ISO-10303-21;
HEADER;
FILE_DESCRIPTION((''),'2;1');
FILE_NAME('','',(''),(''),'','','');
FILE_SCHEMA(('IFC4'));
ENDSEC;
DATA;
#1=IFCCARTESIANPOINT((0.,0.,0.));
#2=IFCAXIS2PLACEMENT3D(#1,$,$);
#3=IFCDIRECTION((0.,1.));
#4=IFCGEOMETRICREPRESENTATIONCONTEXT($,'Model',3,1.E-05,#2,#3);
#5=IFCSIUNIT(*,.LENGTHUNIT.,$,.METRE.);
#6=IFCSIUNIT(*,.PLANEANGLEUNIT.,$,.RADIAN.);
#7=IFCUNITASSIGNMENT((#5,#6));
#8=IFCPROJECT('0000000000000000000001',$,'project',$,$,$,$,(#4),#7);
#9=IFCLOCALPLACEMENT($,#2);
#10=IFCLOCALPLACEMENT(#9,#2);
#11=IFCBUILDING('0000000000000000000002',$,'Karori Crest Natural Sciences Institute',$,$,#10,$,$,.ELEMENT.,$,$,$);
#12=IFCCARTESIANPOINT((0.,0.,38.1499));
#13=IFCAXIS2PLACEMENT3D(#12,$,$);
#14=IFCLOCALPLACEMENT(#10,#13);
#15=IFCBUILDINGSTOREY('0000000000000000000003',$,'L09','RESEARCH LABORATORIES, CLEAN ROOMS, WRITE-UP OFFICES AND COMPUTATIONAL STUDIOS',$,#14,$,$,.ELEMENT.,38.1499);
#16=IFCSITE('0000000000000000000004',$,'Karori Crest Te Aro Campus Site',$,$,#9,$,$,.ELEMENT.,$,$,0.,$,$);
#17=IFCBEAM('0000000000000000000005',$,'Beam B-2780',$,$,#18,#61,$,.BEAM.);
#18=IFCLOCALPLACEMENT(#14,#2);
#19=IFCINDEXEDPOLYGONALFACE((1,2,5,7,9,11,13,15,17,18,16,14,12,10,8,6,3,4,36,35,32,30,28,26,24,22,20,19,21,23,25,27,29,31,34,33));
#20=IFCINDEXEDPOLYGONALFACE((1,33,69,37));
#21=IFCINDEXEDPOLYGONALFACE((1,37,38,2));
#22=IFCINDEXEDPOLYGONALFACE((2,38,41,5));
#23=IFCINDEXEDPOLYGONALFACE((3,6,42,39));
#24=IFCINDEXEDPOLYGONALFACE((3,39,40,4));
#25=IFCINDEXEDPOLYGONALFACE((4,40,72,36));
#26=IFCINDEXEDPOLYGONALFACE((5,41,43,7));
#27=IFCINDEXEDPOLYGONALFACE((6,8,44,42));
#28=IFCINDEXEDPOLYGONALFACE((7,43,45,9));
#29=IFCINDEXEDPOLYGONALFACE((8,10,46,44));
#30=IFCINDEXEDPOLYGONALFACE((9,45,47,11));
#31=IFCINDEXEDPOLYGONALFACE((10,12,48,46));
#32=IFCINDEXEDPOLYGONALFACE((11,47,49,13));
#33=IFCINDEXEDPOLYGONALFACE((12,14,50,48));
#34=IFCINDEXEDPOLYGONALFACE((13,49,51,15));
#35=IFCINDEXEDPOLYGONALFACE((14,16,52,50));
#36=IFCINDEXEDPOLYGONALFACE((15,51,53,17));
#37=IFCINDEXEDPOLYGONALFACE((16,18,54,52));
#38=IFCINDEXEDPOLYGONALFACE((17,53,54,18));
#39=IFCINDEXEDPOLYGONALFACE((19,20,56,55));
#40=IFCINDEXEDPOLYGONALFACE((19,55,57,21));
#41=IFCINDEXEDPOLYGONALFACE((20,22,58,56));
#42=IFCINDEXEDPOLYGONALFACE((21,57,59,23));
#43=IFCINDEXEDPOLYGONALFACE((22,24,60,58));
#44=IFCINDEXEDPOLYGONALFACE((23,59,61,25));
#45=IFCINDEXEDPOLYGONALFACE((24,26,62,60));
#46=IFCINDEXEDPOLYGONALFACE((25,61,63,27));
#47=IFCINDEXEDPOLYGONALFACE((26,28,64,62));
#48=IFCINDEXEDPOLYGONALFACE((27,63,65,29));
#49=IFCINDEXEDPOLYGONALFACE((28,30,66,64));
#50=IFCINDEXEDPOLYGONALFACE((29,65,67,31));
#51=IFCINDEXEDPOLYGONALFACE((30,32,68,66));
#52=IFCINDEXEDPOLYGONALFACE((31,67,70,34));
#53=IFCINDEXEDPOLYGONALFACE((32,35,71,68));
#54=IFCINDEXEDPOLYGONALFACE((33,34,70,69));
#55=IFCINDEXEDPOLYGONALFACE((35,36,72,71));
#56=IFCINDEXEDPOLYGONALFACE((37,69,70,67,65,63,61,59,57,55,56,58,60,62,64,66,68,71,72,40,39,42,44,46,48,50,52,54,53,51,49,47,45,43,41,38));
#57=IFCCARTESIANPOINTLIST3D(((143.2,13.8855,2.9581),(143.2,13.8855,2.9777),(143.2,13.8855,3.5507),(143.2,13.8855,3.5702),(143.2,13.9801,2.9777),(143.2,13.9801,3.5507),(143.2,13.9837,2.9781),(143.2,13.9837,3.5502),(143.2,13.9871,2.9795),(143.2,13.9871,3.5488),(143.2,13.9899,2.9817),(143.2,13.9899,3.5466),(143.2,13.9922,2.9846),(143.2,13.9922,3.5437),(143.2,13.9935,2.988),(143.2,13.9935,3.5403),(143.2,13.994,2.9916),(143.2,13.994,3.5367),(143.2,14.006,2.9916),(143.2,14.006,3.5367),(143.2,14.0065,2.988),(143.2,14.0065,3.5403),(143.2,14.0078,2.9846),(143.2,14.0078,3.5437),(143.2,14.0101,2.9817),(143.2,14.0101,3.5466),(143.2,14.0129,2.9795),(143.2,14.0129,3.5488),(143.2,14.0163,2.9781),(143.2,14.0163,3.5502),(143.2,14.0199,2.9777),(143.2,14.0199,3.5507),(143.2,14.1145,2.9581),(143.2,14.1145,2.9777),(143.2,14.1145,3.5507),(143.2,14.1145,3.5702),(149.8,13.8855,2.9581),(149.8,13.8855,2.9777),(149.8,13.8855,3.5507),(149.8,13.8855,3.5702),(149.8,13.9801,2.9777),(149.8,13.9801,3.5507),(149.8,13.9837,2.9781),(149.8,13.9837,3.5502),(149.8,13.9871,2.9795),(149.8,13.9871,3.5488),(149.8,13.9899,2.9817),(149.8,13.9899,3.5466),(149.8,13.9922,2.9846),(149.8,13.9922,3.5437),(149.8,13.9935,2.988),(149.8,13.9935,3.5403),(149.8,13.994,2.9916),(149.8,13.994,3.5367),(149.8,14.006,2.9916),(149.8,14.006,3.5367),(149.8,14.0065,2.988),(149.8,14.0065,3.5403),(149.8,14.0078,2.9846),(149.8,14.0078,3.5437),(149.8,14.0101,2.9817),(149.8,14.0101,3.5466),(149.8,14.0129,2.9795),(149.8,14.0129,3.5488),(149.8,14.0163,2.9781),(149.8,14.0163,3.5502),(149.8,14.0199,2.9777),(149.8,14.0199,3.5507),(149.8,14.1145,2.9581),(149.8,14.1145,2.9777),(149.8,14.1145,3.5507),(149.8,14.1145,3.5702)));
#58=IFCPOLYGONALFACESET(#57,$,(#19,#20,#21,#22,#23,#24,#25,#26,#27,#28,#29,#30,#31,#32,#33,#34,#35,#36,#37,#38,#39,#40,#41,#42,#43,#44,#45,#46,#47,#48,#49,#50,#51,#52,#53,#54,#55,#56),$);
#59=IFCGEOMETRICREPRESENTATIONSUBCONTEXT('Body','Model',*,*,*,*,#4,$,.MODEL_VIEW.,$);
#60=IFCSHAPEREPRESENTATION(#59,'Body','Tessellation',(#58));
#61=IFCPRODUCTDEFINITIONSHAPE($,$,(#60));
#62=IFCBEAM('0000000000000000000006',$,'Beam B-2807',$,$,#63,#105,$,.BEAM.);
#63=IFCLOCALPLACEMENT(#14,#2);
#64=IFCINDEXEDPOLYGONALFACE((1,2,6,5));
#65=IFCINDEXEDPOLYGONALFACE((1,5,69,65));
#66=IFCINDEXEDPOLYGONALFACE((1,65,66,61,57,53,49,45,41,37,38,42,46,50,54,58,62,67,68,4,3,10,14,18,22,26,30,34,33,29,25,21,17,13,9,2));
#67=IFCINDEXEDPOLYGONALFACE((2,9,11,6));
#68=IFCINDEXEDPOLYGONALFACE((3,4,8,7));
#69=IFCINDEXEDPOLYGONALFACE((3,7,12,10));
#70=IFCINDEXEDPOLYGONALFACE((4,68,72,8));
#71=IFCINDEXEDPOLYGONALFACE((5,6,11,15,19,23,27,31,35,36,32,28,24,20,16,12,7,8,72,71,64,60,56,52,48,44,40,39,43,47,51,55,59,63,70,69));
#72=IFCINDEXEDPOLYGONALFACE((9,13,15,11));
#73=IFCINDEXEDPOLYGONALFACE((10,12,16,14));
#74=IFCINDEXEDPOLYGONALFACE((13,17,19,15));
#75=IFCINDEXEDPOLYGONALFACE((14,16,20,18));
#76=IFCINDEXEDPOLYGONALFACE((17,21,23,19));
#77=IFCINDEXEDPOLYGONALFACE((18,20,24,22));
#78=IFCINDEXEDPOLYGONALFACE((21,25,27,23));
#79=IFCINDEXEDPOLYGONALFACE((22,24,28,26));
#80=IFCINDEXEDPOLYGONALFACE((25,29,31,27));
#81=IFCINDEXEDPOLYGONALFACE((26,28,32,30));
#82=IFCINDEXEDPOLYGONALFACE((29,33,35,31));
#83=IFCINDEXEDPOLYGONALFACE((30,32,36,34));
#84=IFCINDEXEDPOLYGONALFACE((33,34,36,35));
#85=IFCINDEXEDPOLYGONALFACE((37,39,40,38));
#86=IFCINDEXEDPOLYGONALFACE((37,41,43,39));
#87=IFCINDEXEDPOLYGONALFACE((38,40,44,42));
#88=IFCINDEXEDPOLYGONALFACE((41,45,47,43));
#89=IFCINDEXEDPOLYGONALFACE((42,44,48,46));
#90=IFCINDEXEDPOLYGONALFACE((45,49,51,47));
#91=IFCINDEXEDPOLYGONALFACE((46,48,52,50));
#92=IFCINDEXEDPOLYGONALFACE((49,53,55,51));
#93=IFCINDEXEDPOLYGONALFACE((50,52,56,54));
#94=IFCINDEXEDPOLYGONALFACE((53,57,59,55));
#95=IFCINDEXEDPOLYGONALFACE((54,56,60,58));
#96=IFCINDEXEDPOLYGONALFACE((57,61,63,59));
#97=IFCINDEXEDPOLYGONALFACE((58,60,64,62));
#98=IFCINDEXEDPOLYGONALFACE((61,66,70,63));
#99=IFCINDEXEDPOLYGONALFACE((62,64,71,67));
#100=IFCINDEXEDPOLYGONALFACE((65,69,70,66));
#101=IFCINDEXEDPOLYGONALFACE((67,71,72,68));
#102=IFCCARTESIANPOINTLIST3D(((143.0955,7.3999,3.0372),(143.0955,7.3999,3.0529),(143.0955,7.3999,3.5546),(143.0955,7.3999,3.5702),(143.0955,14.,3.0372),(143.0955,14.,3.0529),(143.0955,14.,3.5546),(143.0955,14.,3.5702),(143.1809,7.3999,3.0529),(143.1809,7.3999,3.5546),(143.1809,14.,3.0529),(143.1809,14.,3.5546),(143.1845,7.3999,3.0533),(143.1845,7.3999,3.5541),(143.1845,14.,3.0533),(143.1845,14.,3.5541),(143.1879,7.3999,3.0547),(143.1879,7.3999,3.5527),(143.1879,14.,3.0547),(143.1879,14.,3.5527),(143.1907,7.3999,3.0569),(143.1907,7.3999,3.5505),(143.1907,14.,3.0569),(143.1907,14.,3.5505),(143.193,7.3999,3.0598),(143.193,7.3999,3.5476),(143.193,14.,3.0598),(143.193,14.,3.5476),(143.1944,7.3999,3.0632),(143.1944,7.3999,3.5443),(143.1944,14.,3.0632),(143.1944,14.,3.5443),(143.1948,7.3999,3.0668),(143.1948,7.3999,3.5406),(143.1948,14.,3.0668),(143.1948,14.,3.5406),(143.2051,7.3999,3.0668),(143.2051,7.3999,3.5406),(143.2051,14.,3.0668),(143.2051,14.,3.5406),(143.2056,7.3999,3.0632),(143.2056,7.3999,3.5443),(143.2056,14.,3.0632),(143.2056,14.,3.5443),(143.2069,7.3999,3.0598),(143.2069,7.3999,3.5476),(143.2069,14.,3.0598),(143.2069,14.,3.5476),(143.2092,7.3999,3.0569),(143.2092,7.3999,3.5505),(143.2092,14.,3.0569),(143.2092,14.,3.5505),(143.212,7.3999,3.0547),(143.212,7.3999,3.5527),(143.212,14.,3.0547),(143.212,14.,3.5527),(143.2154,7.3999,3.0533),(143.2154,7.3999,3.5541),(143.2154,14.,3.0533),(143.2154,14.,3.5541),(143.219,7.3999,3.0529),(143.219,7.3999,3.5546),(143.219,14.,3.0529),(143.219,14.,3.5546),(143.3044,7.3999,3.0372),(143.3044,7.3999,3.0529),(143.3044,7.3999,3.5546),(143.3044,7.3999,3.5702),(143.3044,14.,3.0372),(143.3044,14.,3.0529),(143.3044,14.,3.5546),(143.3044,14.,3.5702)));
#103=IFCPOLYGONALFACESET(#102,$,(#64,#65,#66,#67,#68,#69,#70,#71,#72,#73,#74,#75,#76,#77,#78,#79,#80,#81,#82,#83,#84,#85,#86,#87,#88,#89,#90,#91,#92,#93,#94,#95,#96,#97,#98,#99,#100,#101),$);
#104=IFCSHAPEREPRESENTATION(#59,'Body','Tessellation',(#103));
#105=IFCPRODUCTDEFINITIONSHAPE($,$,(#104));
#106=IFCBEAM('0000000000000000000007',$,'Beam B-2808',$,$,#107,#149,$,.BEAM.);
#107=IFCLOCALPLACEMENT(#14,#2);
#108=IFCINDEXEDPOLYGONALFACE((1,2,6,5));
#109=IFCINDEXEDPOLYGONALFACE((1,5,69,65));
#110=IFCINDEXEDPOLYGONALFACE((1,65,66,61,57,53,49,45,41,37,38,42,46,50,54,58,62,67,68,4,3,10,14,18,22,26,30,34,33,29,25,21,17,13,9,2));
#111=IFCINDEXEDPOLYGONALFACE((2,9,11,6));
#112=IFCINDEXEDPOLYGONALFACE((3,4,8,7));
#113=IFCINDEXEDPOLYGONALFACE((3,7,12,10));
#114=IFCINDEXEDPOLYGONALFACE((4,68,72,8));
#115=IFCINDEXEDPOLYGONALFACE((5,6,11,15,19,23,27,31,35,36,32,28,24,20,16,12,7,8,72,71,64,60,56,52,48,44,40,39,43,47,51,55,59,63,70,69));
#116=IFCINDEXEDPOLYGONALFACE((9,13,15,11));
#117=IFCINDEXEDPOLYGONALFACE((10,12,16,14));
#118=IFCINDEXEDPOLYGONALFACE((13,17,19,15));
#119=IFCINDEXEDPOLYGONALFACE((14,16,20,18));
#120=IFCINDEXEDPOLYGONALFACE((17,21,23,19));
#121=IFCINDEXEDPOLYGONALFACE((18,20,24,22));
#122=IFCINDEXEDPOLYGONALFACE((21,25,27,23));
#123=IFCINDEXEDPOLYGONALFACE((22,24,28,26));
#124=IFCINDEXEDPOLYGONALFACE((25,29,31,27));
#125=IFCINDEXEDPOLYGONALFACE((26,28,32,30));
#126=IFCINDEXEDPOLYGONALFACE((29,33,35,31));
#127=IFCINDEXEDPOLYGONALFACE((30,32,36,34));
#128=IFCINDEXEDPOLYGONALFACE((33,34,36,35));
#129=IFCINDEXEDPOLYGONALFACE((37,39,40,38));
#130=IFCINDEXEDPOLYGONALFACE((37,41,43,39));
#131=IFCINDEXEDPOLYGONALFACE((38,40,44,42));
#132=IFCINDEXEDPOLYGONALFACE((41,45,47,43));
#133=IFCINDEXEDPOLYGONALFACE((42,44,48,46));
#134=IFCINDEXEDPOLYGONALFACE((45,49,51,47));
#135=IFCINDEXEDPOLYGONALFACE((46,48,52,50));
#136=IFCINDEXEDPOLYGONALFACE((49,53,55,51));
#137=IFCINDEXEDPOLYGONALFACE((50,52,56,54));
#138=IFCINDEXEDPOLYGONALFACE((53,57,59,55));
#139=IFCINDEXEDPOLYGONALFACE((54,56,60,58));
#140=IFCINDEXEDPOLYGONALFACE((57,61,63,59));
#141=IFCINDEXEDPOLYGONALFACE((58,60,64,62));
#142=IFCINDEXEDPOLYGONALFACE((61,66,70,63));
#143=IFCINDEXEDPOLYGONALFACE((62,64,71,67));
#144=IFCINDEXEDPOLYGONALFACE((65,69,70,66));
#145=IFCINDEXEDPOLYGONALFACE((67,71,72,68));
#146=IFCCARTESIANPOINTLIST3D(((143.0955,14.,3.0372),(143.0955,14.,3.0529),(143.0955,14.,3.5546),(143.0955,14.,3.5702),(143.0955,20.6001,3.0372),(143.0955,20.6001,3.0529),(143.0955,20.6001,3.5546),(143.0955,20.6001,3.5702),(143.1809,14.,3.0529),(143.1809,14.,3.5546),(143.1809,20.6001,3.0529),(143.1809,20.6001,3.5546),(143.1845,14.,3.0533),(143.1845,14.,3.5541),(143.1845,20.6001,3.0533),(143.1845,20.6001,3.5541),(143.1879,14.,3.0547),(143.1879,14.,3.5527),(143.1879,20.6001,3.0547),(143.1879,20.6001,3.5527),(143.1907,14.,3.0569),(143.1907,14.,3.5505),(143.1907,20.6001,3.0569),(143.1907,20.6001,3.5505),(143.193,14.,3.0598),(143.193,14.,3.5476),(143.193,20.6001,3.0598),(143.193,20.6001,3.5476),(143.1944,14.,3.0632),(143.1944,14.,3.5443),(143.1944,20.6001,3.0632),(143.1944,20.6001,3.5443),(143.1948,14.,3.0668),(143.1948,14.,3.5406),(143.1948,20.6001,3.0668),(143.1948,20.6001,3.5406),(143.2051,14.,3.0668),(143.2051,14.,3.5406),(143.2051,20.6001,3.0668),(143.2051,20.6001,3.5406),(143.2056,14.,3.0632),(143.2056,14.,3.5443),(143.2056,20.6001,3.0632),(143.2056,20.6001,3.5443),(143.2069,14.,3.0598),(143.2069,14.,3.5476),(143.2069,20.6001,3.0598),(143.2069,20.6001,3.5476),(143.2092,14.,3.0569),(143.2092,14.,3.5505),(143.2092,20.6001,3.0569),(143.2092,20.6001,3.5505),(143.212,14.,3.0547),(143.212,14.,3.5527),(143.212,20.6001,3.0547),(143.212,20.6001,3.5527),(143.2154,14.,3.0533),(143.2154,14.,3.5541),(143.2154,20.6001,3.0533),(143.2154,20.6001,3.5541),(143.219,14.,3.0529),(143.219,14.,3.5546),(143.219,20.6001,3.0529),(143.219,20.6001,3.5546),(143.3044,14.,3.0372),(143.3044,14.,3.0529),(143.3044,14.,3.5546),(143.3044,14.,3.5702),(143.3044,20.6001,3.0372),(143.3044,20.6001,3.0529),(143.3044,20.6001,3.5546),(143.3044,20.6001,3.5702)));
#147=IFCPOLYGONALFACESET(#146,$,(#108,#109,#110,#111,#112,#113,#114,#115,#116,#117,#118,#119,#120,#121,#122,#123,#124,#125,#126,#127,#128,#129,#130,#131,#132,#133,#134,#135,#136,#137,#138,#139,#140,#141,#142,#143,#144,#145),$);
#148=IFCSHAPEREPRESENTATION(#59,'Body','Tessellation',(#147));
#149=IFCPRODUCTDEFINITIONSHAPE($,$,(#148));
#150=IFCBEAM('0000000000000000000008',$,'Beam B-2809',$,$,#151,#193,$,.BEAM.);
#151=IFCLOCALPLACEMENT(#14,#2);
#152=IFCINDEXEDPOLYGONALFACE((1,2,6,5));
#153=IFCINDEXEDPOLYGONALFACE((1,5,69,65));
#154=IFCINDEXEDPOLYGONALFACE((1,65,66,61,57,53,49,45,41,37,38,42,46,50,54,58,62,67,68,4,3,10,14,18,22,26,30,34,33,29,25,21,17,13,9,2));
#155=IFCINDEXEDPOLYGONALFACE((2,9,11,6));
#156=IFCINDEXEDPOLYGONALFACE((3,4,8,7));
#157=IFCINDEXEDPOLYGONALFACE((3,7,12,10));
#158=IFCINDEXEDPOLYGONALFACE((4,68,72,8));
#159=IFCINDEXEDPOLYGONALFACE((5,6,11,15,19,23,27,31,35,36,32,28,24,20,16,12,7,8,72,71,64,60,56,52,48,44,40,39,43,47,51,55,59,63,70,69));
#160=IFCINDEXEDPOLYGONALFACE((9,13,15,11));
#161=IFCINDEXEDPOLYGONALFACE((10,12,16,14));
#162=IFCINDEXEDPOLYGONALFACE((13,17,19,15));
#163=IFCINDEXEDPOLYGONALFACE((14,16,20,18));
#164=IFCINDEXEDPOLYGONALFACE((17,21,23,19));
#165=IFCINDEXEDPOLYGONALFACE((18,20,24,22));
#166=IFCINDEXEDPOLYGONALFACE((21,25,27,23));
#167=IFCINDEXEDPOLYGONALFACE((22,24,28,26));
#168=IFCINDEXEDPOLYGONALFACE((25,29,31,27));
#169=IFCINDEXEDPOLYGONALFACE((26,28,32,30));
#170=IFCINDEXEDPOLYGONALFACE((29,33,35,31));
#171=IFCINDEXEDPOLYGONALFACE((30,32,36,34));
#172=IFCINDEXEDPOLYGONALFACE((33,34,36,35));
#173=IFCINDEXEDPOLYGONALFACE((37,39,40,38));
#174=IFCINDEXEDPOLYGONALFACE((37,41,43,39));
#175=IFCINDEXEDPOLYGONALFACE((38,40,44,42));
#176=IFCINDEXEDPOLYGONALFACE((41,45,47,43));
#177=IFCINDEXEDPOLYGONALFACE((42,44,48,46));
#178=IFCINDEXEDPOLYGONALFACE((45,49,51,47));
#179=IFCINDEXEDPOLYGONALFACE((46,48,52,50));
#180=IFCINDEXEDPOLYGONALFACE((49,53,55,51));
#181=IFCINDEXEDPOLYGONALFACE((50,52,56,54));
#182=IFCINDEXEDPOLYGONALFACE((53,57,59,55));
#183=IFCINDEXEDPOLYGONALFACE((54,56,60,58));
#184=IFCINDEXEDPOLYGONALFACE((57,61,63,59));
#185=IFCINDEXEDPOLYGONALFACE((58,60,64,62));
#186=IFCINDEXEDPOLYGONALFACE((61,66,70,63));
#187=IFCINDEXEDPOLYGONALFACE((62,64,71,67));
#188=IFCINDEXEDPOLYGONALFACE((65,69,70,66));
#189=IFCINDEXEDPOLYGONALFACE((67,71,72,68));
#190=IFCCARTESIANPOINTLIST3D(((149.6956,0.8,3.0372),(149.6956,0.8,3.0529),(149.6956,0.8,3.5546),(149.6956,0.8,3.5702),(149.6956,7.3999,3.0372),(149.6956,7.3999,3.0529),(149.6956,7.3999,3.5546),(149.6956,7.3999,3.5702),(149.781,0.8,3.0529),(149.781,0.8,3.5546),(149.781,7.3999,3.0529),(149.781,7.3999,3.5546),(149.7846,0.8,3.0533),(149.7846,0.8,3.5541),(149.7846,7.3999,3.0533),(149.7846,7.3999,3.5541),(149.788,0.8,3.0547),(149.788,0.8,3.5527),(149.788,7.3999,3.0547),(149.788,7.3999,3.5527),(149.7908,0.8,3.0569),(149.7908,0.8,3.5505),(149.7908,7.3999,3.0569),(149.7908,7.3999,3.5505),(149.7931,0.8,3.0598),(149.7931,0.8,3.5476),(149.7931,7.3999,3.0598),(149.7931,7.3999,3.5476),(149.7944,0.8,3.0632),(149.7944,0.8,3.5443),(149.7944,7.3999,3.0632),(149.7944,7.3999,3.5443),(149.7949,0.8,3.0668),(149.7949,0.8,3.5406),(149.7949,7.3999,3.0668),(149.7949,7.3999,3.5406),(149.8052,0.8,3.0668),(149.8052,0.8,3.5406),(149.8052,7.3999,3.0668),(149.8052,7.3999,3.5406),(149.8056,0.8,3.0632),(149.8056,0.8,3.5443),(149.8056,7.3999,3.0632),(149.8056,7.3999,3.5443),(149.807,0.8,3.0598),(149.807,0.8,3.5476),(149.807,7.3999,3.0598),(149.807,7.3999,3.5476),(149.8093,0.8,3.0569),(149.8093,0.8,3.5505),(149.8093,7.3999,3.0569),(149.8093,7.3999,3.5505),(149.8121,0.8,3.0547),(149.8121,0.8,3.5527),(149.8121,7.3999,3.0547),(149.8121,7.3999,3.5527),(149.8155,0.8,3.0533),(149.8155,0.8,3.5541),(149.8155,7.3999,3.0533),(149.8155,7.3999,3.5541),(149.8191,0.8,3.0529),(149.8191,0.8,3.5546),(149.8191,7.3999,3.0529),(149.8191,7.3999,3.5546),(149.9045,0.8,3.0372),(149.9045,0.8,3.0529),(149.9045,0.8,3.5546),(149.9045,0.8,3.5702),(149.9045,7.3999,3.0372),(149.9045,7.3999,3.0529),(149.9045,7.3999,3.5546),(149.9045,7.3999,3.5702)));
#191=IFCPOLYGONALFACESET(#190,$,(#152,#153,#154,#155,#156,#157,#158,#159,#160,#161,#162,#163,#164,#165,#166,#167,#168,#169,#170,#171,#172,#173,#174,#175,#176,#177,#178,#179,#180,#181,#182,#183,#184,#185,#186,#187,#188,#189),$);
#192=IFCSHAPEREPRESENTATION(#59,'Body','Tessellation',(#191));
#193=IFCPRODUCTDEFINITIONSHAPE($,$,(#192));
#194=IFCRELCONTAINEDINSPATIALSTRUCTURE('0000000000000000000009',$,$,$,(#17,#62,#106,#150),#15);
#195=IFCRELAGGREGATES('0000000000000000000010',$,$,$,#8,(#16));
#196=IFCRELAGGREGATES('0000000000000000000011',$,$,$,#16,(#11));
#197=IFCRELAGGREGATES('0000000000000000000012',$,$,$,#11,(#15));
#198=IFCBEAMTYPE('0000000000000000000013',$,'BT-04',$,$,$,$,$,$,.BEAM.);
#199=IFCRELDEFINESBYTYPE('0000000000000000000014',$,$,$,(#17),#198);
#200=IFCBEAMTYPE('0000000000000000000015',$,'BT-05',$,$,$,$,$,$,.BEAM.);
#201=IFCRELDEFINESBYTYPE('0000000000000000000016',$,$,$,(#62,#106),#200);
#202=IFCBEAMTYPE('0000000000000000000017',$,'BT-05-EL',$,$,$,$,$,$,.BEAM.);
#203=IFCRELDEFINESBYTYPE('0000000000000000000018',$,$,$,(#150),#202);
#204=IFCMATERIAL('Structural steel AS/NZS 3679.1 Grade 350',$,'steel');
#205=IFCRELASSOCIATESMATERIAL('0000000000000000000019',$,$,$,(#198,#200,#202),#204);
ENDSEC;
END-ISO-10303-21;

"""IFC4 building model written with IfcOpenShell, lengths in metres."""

from ifc_helpers import new_model, si_unit, direction, frame, origin, origin_2d, place, context, subcontext, project, spatial, i_section, extrude, material, material_profile, profile_set, type_object, element, save


model = new_model("IFC4")

# Units and contexts
model_context = context("Model", 3, precision=1e-05, world=origin(), true_north=direction((0.0, 1.0)))
body_context = subcontext(model_context, "Body", "Model", "MODEL_VIEW")
ifc_project = project(units=[si_unit("LENGTHUNIT", "METRE"), si_unit("PLANEANGLEUNIT", "RADIAN")], contexts=[model_context])

# Site, building, storey
site_placement = place(None, origin())
site = spatial("IfcSite", under=ifc_project, at=site_placement, Name="Karori Crest Te Aro Campus Site", CompositionType="ELEMENT", RefElevation=0.0)
building_placement = place(site_placement, origin())
building = spatial("IfcBuilding", under=site, at=building_placement, Name="Karori Crest Natural Sciences Institute", CompositionType="ELEMENT")
storey_placement = place(building_placement, frame((0.0, 0.0, 38.1499)))
storey = spatial("IfcBuildingStorey", under=building, at=storey_placement, Name="L09", Description="RESEARCH LABORATORIES, CLEAN ROOMS, WRITE-UP OFFICES AND COMPUTATIONAL STUDIOS", CompositionType="ELEMENT", Elevation=38.1499)

# Shared definitions
ifc_material_1 = material(Name="Structural steel AS/NZS 3679.1 Grade 350", Category="steel")

# Beams
ifc_material_profile_1 = material_profile(ifc_material_1, i_section(OverallWidth=0.229, OverallDepth=0.6121, WebThickness=0.012, FlangeThickness=0.0195, FilletRadius=0.0139, at=origin_2d()), Name="610UB125")
ifc_profile_set_1 = profile_set([ifc_material_profile_1], Name="Structural steel AS/NZS 3679.1 Grade 350")
beam_type_1 = type_object("IfcBeamType", Name="BT-04", PredefinedType="BEAM", material=ifc_profile_set_1)
beam_1_placement = place(storey_placement, frame((143.2, 14.0, 3.2642), z_axis=(1.0, 0.0, 0.0), x_axis=(0.0, 1.0, 0.0)))
element("IfcBeam", 1, at=beam_1_placement, inside=storey, type_object=beam_type_1, Name="Beam B-2780", PredefinedType="BEAM", context=body_context, shape_type="SweptSolid", body=[
    extrude(i_section(OverallWidth=0.229, OverallDepth=0.6121, WebThickness=0.012, FlangeThickness=0.0195, FilletRadius=0.0139, at=origin_2d()), origin(), (0.0, 0.0, 1.0), 6.6001),
])
ifc_material_profile_2 = material_profile(ifc_material_1, i_section(OverallWidth=0.209, OverallDepth=0.533, WebThickness=0.0103, FlangeThickness=0.0156, FilletRadius=0.0139, at=origin_2d()), Name="530UB92.4")
ifc_profile_set_2 = profile_set([ifc_material_profile_2], Name="Structural steel AS/NZS 3679.1 Grade 350")
beam_type_2 = type_object("IfcBeamType", Name="BT-05", PredefinedType="BEAM", material=ifc_profile_set_2)
for number, where, z_axis, x_axis, name in (
    (2, (143.2, 7.3999, 3.3037), (0.0, 1.0, 0.0), (-1.0, 0.0, 0.0), "Beam B-2807"),
    (3, (143.2, 14.0, 3.3037), (0.0, 1.0, 0.0), (-1.0, 0.0, 0.0), "Beam B-2808"),
):
    element("IfcBeam", number, at=place(storey_placement, frame(where, z_axis=z_axis, x_axis=x_axis)), inside=storey, type_object=beam_type_2, Name=name, PredefinedType="BEAM", context=body_context, shape_type="SweptSolid", body=[
        extrude(i_section(OverallWidth=0.209, OverallDepth=0.533, WebThickness=0.0103, FlangeThickness=0.0156, FilletRadius=0.0139, at=origin_2d()), origin(), (0.0, 0.0, 1.0), 6.6001),
    ])
ifc_material_profile_3 = material_profile(ifc_material_1, i_section(OverallWidth=0.209, OverallDepth=0.533, WebThickness=0.0103, FlangeThickness=0.0156, FilletRadius=0.0139, at=origin_2d()), Name="530UB92.4")
ifc_profile_set_3 = profile_set([ifc_material_profile_3], Name="Structural steel AS/NZS 3679.1 Grade 350")
beam_type_3 = type_object("IfcBeamType", Name="BT-05-EL", PredefinedType="BEAM", material=ifc_profile_set_3)
beam_2_placement = place(storey_placement, frame((149.8, 0.8, 3.3037), z_axis=(0.0, 1.0, 0.0), x_axis=(-1.0, 0.0, 0.0)))
element("IfcBeam", 4, at=beam_2_placement, inside=storey, type_object=beam_type_3, Name="Beam B-2809", PredefinedType="BEAM", context=body_context, shape_type="SweptSolid", body=[
    extrude(i_section(OverallWidth=0.209, OverallDepth=0.533, WebThickness=0.0103, FlangeThickness=0.0156, FilletRadius=0.0139, at=origin_2d()), origin(), (0.0, 0.0, 1.0), 6.5999),
])

save(model, "model.ifc")
